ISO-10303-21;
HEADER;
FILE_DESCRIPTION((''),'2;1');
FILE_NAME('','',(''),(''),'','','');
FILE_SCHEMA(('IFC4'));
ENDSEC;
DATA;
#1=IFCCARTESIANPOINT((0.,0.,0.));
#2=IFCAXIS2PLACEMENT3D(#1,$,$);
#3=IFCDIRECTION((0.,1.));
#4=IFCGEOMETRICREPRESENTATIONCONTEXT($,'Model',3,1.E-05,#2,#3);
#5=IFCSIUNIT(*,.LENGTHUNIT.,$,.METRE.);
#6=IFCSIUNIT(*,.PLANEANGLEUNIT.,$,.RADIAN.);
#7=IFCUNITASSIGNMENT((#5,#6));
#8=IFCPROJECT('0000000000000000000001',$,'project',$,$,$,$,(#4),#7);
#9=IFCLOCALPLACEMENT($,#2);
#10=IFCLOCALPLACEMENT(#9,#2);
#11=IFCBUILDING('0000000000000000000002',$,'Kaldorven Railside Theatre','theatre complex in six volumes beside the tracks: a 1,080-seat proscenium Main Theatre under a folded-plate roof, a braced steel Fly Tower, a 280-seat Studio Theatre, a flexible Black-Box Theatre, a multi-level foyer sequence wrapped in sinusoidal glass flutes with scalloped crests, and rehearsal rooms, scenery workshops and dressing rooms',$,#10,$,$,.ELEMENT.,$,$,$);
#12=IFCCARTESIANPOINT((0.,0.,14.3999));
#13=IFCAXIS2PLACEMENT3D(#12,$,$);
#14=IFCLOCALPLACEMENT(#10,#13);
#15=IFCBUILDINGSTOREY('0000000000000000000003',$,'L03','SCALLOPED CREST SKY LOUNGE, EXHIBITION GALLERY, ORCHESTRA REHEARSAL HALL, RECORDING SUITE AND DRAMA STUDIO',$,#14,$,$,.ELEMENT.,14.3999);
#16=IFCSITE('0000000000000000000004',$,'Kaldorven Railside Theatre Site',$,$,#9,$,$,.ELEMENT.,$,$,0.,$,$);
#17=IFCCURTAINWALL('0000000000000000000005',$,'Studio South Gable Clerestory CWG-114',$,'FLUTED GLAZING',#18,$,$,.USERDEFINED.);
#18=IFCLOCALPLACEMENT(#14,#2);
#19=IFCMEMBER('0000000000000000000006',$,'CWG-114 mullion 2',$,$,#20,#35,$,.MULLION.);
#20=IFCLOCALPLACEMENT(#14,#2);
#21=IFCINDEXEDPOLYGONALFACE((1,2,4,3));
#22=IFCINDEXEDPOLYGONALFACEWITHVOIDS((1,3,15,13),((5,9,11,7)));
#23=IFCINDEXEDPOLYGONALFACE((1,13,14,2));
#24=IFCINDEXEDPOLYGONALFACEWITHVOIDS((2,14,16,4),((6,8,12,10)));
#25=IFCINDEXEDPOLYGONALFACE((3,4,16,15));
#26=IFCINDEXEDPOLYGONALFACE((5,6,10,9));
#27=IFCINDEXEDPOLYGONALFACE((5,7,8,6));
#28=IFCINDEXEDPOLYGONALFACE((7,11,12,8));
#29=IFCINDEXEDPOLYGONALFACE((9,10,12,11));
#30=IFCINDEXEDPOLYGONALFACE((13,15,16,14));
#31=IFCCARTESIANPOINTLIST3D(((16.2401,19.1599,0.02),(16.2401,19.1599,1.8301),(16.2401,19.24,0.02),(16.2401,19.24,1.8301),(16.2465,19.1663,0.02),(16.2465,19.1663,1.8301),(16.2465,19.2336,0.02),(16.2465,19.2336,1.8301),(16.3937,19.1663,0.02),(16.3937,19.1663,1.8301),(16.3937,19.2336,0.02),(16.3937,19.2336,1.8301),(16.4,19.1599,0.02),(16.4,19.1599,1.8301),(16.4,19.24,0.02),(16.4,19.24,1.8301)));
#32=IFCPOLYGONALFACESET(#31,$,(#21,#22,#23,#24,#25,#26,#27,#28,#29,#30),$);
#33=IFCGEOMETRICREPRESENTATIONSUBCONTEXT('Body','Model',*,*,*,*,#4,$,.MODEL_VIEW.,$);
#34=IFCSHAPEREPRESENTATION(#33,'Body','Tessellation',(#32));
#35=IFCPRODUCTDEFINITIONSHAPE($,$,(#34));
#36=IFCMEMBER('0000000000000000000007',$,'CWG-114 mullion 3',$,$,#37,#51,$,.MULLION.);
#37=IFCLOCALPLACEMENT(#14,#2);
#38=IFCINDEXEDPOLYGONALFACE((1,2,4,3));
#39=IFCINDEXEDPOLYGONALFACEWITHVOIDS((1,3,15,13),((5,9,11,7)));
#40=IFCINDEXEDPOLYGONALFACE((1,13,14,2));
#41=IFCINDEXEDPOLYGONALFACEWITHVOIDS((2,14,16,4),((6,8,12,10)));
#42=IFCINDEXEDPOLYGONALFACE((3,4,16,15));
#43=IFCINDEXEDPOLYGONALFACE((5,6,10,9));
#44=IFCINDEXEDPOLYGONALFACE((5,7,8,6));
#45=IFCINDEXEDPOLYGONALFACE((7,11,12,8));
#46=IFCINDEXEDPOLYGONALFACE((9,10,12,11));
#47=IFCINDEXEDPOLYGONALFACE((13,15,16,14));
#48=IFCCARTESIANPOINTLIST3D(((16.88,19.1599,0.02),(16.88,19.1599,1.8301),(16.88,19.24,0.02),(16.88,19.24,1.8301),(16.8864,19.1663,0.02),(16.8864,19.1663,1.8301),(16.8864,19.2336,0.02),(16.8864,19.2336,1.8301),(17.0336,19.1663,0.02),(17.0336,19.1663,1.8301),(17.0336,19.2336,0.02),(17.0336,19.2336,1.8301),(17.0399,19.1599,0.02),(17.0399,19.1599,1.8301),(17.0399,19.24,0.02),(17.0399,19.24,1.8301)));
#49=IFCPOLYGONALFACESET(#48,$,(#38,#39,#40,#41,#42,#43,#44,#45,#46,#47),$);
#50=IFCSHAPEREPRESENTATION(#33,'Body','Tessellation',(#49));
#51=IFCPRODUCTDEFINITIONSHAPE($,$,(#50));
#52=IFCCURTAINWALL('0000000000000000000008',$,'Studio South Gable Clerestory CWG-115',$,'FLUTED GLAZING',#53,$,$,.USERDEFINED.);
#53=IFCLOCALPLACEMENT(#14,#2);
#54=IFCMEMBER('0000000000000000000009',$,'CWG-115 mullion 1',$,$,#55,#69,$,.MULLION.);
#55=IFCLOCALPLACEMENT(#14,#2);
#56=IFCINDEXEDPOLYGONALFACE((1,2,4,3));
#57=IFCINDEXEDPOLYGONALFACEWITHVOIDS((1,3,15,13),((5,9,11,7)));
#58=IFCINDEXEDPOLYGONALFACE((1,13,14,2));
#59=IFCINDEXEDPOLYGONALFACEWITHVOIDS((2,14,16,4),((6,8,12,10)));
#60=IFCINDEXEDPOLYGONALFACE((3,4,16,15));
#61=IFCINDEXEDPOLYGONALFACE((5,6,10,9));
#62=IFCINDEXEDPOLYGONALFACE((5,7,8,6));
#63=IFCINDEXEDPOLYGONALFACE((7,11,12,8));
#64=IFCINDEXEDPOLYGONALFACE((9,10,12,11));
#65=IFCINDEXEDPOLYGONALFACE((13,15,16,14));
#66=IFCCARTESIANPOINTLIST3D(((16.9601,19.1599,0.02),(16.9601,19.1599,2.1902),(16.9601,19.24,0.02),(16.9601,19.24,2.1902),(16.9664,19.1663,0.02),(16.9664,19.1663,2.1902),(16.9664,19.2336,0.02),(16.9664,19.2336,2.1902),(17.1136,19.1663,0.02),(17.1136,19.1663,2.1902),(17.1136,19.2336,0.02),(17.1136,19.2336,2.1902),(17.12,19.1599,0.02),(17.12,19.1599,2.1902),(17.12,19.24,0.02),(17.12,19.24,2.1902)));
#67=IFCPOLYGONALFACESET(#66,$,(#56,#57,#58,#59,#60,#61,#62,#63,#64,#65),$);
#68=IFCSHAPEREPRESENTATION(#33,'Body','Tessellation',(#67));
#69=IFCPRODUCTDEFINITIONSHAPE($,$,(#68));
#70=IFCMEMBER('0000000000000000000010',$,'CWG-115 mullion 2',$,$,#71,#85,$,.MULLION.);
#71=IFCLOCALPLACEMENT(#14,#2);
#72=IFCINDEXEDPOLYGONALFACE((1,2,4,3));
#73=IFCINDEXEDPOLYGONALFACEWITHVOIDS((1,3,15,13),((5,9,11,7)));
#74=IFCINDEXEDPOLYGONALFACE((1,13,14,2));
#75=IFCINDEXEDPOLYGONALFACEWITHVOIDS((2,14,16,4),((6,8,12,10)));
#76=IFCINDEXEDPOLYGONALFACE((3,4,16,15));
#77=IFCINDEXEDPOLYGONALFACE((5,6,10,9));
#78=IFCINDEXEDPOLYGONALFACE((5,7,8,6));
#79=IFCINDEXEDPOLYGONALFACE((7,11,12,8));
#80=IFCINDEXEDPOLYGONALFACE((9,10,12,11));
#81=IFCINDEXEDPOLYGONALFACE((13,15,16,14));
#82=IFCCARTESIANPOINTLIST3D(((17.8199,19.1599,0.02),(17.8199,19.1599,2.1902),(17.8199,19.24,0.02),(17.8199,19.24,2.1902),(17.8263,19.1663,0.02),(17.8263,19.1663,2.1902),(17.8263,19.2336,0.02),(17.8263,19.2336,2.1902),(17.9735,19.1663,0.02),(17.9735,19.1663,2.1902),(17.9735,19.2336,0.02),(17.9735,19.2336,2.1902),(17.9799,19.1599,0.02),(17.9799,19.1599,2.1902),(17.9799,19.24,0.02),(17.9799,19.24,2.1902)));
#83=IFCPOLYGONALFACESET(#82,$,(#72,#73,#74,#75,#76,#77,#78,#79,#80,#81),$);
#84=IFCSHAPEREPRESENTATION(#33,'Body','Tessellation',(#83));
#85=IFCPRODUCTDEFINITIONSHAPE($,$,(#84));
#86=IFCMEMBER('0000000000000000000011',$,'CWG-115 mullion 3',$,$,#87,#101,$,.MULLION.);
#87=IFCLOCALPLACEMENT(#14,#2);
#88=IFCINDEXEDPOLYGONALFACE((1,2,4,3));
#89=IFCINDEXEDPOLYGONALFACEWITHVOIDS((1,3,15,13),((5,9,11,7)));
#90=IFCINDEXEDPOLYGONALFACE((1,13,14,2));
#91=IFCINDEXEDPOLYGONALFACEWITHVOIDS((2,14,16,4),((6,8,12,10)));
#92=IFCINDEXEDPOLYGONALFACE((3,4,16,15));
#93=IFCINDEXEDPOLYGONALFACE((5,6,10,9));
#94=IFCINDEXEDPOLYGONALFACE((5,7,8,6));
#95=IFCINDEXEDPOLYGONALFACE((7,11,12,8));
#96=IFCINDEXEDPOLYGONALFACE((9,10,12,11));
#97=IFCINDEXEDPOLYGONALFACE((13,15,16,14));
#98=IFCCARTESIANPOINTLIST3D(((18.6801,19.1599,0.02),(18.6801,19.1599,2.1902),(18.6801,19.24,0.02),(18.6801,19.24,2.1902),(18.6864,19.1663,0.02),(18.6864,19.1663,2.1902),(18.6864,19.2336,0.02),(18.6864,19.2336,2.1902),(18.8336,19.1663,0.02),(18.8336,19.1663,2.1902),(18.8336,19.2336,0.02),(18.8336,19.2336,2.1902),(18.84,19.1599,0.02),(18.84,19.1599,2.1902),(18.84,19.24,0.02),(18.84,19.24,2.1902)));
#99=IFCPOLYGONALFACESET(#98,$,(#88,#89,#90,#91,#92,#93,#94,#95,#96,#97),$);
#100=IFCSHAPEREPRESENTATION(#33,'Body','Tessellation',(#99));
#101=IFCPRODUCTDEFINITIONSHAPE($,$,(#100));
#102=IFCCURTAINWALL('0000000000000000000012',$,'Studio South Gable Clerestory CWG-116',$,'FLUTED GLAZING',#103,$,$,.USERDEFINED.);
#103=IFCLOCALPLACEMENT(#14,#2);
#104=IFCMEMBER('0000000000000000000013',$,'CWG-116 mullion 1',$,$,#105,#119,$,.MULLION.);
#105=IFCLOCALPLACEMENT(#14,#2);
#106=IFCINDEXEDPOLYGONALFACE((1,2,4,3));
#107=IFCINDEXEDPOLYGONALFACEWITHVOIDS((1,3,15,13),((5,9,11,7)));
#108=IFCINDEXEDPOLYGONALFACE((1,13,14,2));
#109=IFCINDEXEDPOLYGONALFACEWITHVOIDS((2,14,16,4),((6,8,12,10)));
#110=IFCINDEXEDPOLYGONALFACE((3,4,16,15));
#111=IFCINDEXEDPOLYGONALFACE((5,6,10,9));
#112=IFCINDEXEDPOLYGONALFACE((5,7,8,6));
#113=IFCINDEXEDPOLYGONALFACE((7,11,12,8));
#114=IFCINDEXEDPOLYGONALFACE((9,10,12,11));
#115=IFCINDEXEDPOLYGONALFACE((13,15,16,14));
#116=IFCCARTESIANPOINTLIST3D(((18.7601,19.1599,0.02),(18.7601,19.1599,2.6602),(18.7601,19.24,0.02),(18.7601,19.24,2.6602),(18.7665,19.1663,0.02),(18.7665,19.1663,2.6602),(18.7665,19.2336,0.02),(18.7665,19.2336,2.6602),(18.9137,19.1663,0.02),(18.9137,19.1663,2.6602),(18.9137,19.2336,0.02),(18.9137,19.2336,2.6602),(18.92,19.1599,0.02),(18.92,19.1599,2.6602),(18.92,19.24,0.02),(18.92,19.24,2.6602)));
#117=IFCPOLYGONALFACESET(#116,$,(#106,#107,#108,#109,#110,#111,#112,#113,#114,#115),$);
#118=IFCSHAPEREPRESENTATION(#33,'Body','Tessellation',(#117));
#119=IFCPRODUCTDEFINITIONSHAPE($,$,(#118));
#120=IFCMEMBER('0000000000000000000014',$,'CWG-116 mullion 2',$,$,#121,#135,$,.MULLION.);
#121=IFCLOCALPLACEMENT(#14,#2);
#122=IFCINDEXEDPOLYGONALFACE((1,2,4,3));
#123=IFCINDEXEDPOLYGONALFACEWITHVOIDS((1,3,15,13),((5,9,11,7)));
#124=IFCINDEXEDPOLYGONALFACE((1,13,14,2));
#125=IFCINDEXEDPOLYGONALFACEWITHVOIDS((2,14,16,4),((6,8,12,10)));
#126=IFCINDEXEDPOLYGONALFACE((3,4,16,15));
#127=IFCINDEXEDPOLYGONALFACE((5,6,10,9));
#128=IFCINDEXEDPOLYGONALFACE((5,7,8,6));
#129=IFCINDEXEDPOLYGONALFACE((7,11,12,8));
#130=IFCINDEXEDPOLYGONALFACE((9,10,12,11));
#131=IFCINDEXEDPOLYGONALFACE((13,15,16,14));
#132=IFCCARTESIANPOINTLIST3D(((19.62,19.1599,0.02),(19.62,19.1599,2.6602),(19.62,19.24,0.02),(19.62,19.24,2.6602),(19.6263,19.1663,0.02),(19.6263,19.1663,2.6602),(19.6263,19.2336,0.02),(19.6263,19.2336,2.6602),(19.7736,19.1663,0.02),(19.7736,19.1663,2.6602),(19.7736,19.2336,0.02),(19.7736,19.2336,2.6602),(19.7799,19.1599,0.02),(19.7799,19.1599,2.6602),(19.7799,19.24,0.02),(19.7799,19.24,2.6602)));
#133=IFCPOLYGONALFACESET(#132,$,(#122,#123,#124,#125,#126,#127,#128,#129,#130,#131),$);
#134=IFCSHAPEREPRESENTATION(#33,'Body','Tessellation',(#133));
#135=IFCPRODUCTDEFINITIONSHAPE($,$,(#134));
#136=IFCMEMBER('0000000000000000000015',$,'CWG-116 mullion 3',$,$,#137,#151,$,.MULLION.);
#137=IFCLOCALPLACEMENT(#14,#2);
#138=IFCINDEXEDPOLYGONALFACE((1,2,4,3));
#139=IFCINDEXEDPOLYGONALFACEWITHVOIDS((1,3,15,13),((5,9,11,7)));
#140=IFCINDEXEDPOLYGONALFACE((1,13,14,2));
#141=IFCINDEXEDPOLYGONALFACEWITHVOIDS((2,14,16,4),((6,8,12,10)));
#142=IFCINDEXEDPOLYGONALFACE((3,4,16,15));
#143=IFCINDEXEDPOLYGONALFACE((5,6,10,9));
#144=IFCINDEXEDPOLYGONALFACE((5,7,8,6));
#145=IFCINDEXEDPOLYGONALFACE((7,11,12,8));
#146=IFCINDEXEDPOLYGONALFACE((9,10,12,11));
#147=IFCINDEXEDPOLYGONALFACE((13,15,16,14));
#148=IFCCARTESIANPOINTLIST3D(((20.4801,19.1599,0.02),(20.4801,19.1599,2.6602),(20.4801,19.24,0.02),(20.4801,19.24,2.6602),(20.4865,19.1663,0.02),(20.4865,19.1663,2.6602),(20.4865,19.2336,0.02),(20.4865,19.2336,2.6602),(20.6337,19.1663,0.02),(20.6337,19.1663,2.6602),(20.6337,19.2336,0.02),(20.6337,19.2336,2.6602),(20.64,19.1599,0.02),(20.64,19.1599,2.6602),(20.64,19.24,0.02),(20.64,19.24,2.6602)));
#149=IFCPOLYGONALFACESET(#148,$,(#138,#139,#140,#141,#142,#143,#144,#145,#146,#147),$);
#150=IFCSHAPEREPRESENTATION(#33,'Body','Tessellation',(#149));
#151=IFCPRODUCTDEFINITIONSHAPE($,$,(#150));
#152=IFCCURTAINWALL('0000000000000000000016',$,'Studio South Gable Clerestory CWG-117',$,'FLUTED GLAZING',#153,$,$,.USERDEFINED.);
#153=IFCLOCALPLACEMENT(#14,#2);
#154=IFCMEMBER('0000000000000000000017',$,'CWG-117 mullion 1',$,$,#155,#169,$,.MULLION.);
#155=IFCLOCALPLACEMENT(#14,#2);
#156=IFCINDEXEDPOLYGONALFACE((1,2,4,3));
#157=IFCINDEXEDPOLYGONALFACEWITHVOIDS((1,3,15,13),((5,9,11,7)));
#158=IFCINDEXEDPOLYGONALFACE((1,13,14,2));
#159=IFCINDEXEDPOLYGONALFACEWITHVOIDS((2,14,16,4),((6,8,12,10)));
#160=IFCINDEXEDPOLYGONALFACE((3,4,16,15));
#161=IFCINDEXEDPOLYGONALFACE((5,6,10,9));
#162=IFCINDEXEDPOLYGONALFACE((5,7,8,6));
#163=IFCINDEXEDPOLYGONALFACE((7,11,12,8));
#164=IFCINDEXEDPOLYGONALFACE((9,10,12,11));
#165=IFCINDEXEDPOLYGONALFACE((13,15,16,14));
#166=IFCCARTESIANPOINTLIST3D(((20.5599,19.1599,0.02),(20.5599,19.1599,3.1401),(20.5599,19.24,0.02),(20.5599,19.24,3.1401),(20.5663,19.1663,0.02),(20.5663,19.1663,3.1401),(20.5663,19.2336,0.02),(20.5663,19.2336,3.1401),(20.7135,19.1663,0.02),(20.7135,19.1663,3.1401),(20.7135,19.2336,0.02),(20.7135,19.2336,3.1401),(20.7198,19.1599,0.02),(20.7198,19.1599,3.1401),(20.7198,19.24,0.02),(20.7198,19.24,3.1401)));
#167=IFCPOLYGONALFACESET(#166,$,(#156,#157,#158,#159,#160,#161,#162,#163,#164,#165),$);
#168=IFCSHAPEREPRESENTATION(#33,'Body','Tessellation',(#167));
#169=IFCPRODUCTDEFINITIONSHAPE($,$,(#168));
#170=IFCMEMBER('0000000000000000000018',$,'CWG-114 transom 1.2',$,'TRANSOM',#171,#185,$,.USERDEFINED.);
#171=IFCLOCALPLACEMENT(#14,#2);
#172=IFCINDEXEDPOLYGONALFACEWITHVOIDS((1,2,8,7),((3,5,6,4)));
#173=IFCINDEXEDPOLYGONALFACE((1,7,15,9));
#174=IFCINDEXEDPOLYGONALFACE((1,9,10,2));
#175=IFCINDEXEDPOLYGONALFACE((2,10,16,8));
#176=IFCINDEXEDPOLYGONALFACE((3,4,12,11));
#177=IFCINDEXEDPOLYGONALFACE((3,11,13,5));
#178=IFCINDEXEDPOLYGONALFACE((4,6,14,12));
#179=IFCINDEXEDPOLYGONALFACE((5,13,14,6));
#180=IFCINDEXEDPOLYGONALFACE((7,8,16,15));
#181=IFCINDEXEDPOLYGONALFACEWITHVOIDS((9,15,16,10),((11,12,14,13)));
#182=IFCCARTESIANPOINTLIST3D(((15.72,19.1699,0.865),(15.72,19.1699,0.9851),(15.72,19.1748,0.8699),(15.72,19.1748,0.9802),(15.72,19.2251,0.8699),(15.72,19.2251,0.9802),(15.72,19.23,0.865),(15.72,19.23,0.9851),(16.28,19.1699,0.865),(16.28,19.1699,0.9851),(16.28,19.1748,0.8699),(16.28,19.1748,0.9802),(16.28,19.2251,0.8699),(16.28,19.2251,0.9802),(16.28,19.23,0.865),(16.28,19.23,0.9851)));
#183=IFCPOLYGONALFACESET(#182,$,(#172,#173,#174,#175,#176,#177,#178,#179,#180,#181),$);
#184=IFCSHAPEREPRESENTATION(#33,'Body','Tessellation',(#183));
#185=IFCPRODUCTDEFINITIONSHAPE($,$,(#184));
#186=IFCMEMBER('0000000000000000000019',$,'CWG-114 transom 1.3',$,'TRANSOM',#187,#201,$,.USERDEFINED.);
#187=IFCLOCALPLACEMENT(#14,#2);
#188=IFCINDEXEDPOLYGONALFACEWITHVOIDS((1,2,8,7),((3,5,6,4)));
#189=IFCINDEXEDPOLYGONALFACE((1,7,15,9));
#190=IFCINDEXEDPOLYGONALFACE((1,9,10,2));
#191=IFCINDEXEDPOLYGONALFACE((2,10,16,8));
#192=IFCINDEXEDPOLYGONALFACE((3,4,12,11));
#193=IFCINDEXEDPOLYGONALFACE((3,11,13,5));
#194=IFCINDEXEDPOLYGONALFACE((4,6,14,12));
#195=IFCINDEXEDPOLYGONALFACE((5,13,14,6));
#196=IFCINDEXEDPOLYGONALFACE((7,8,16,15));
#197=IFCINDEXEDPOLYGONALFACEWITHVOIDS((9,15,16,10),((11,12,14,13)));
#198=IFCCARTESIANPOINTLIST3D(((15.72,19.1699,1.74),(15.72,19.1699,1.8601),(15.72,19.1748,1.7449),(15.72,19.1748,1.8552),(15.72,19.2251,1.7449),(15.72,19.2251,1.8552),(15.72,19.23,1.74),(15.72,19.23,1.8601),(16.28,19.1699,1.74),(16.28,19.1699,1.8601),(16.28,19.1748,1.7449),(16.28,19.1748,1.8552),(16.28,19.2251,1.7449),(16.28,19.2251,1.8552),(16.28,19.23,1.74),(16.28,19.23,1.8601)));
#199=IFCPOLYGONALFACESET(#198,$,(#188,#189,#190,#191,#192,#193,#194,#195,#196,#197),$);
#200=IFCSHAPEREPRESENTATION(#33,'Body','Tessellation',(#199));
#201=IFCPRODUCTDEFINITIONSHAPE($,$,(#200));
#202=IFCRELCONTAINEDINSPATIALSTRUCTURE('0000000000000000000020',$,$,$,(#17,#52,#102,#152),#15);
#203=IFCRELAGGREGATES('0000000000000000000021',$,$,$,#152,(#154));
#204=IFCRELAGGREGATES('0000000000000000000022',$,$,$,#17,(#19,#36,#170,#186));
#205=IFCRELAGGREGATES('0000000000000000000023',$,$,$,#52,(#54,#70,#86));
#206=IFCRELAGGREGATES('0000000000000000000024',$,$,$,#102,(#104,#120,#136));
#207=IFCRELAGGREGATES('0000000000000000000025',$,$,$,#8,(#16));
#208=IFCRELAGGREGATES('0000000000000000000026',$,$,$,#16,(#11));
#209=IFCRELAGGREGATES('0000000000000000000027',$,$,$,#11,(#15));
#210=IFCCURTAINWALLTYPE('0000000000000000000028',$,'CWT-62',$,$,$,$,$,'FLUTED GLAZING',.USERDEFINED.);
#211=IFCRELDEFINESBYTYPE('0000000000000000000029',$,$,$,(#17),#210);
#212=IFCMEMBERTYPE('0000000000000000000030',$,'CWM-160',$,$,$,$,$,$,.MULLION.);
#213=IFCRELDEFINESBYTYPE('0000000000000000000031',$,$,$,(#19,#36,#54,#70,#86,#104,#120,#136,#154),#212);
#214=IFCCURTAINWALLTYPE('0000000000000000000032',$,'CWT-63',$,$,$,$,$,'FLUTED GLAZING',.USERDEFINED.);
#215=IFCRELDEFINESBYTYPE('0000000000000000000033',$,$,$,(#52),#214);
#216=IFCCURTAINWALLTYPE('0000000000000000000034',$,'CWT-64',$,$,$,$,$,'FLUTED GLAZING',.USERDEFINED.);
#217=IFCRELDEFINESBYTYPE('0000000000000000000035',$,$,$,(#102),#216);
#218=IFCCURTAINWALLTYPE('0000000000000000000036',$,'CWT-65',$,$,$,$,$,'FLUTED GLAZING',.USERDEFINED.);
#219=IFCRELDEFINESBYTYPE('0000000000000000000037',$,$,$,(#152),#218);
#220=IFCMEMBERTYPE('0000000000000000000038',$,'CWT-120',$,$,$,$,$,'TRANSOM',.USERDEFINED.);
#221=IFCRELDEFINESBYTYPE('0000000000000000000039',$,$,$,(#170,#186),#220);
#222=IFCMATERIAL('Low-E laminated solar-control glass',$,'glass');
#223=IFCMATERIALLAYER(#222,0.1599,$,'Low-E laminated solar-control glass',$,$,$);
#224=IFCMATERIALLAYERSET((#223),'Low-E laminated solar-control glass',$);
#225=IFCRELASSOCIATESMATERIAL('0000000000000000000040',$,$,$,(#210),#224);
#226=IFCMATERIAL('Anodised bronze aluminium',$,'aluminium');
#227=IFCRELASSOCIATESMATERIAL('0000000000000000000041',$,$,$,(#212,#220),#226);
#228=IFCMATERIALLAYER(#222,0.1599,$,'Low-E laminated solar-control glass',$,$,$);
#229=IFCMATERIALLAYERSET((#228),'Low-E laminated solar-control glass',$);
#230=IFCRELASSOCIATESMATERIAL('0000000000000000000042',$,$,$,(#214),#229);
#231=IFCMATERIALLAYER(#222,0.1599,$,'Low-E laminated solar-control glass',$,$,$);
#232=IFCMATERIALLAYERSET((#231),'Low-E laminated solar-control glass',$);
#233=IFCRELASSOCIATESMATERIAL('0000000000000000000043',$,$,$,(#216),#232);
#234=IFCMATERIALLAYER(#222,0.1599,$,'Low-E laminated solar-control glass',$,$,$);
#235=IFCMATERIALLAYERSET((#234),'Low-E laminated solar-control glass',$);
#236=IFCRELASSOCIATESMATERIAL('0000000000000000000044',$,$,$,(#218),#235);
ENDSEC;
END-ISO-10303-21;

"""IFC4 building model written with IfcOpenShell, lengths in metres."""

from ifc_helpers import new_model, si_unit, direction, frame, origin, origin_2d, place, context, subcontext, project, spatial, hollow_rectangle, extrude, material, layer, layer_set, material_profile, profile_set, type_object, element, aggregate, save


model = new_model("IFC4")

# Units and contexts
model_context = context("Model", 3, precision=1e-05, world=origin(), true_north=direction((0.0, 1.0)))
body_context = subcontext(model_context, "Body", "Model", "MODEL_VIEW")
ifc_project = project(units=[si_unit("LENGTHUNIT", "METRE"), si_unit("PLANEANGLEUNIT", "RADIAN")], contexts=[model_context])

# Site, building, storey
site_placement = place(None, origin())
site = spatial("IfcSite", under=ifc_project, at=site_placement, Name="Kaldorven Railside Theatre Site", CompositionType="ELEMENT", RefElevation=0.0)
building_placement = place(site_placement, origin())
building = spatial("IfcBuilding", under=site, at=building_placement, Name="Kaldorven Railside Theatre", Description="theatre complex in six volumes beside the tracks: a 1,080-seat proscenium Main Theatre under a folded-plate roof, a braced steel Fly Tower, a 280-seat Studio Theatre, a flexible Black-Box Theatre, a multi-level foyer sequence wrapped in sinusoidal glass flutes with scalloped crests, and rehearsal rooms, scenery workshops and dressing rooms", CompositionType="ELEMENT")
storey_placement = place(building_placement, frame((0.0, 0.0, 14.3999)))
storey = spatial("IfcBuildingStorey", under=building, at=storey_placement, Name="L03", Description="SCALLOPED CREST SKY LOUNGE, EXHIBITION GALLERY, ORCHESTRA REHEARSAL HALL, RECORDING SUITE AND DRAMA STUDIO", CompositionType="ELEMENT", Elevation=14.3999)

# Curtain walls, members
ifc_material_1 = material(Name="Low-E laminated solar-control glass", Category="glass")
ifc_layer_1 = layer(ifc_material_1, 0.1599, Name="Low-E laminated solar-control glass")
ifc_layer_set_1 = layer_set([ifc_layer_1], Name="Low-E laminated solar-control glass")
curtain_wall_type_1 = type_object("IfcCurtainWallType", Name="CWT-62", ElementType="FLUTED GLAZING", PredefinedType="USERDEFINED", material=ifc_layer_set_1)
curtain_wall_1_placement = place(storey_placement, origin())
curtain_wall_1 = element("IfcCurtainWall", 1, at=curtain_wall_1_placement, inside=storey, type_object=curtain_wall_type_1, Name="Studio South Gable Clerestory CWG-114", ObjectType="FLUTED GLAZING", PredefinedType="USERDEFINED")
ifc_material_2 = material(Name="Anodised bronze aluminium", Category="aluminium")
ifc_material_profile_1 = material_profile(ifc_material_2, hollow_rectangle(XDim=0.0801, YDim=0.1599, WallThickness=0.0063, at=origin_2d()), Name="RHS 160x80x6.3")
ifc_profile_set_1 = profile_set([ifc_material_profile_1], Name="Anodised bronze aluminium")
member_type_1 = type_object("IfcMemberType", Name="CWM-160", PredefinedType="MULLION", material=ifc_profile_set_1)
member_1_placement = place(storey_placement, frame((16.3201, 19.2, 0.02), z_axis=(0.0, 0.0, 1.0), x_axis=(0.0, 1.0, 0.0)))
member_1 = element("IfcMember", 2, at=member_1_placement, type_object=member_type_1, Name="CWG-114 mullion 2", PredefinedType="MULLION", context=body_context, shape_type="SweptSolid", body=[
    extrude(hollow_rectangle(XDim=0.0801, YDim=0.1599, WallThickness=0.0063, at=origin_2d()), origin(), (0.0, 0.0, 1.0), 1.8101),
])
member_2_placement = place(storey_placement, frame((16.96, 19.2, 0.02), z_axis=(0.0, 0.0, 1.0), x_axis=(0.0, 1.0, 0.0)))
member_2 = element("IfcMember", 3, at=member_2_placement, type_object=member_type_1, Name="CWG-114 mullion 3", PredefinedType="MULLION", context=body_context, shape_type="SweptSolid", body=[
    extrude(hollow_rectangle(XDim=0.0801, YDim=0.1599, WallThickness=0.0063, at=origin_2d()), origin(), (0.0, 0.0, 1.0), 1.8101),
])
ifc_layer_2 = layer(ifc_material_1, 0.1599, Name="Low-E laminated solar-control glass")
ifc_layer_set_2 = layer_set([ifc_layer_2], Name="Low-E laminated solar-control glass")
curtain_wall_type_2 = type_object("IfcCurtainWallType", Name="CWT-63", ElementType="FLUTED GLAZING", PredefinedType="USERDEFINED", material=ifc_layer_set_2)
curtain_wall_2_placement = place(storey_placement, origin())
curtain_wall_2 = element("IfcCurtainWall", 4, at=curtain_wall_2_placement, inside=storey, type_object=curtain_wall_type_2, Name="Studio South Gable Clerestory CWG-115", ObjectType="FLUTED GLAZING", PredefinedType="USERDEFINED")
member_3_placement = place(storey_placement, frame((17.04, 19.2, 0.02), z_axis=(0.0, 0.0, 1.0), x_axis=(0.0, 1.0, 0.0)))
member_3 = element("IfcMember", 5, at=member_3_placement, type_object=member_type_1, Name="CWG-115 mullion 1", PredefinedType="MULLION", context=body_context, shape_type="SweptSolid", body=[
    extrude(hollow_rectangle(XDim=0.0801, YDim=0.1599, WallThickness=0.0063, at=origin_2d()), origin(), (0.0, 0.0, 1.0), 2.1702),
])
member_4_placement = place(storey_placement, frame((17.8999, 19.2, 0.02), z_axis=(0.0, 0.0, 1.0), x_axis=(0.0, 1.0, 0.0)))
member_4 = element("IfcMember", 6, at=member_4_placement, type_object=member_type_1, Name="CWG-115 mullion 2", PredefinedType="MULLION", context=body_context, shape_type="SweptSolid", body=[
    extrude(hollow_rectangle(XDim=0.0801, YDim=0.1599, WallThickness=0.0063, at=origin_2d()), origin(), (0.0, 0.0, 1.0), 2.1702),
])
member_5_placement = place(storey_placement, frame((18.76, 19.2, 0.02), z_axis=(0.0, 0.0, 1.0), x_axis=(0.0, 1.0, 0.0)))
member_5 = element("IfcMember", 7, at=member_5_placement, type_object=member_type_1, Name="CWG-115 mullion 3", PredefinedType="MULLION", context=body_context, shape_type="SweptSolid", body=[
    extrude(hollow_rectangle(XDim=0.0801, YDim=0.1599, WallThickness=0.0063, at=origin_2d()), origin(), (0.0, 0.0, 1.0), 2.1702),
])
ifc_layer_3 = layer(ifc_material_1, 0.1599, Name="Low-E laminated solar-control glass")
ifc_layer_set_3 = layer_set([ifc_layer_3], Name="Low-E laminated solar-control glass")
curtain_wall_type_3 = type_object("IfcCurtainWallType", Name="CWT-64", ElementType="FLUTED GLAZING", PredefinedType="USERDEFINED", material=ifc_layer_set_3)
curtain_wall_3_placement = place(storey_placement, origin())
curtain_wall_3 = element("IfcCurtainWall", 8, at=curtain_wall_3_placement, inside=storey, type_object=curtain_wall_type_3, Name="Studio South Gable Clerestory CWG-116", ObjectType="FLUTED GLAZING", PredefinedType="USERDEFINED")
member_6_placement = place(storey_placement, frame((18.8401, 19.2, 0.02), z_axis=(0.0, 0.0, 1.0), x_axis=(0.0, 1.0, 0.0)))
member_6 = element("IfcMember", 9, at=member_6_placement, type_object=member_type_1, Name="CWG-116 mullion 1", PredefinedType="MULLION", context=body_context, shape_type="SweptSolid", body=[
    extrude(hollow_rectangle(XDim=0.0801, YDim=0.1599, WallThickness=0.0063, at=origin_2d()), origin(), (0.0, 0.0, 1.0), 2.6401),
])
member_7_placement = place(storey_placement, frame((19.7, 19.2, 0.02), z_axis=(0.0, 0.0, 1.0), x_axis=(0.0, 1.0, 0.0)))
member_7 = element("IfcMember", 10, at=member_7_placement, type_object=member_type_1, Name="CWG-116 mullion 2", PredefinedType="MULLION", context=body_context, shape_type="SweptSolid", body=[
    extrude(hollow_rectangle(XDim=0.0801, YDim=0.1599, WallThickness=0.0063, at=origin_2d()), origin(), (0.0, 0.0, 1.0), 2.6401),
])
member_8_placement = place(storey_placement, frame((20.5601, 19.2, 0.02), z_axis=(0.0, 0.0, 1.0), x_axis=(0.0, 1.0, 0.0)))
member_8 = element("IfcMember", 11, at=member_8_placement, type_object=member_type_1, Name="CWG-116 mullion 3", PredefinedType="MULLION", context=body_context, shape_type="SweptSolid", body=[
    extrude(hollow_rectangle(XDim=0.0801, YDim=0.1599, WallThickness=0.0063, at=origin_2d()), origin(), (0.0, 0.0, 1.0), 2.6401),
])

# Curtain wall, member
ifc_layer_4 = layer(ifc_material_1, 0.1599, Name="Low-E laminated solar-control glass")
ifc_layer_set_4 = layer_set([ifc_layer_4], Name="Low-E laminated solar-control glass")
curtain_wall_type_4 = type_object("IfcCurtainWallType", Name="CWT-65", ElementType="FLUTED GLAZING", PredefinedType="USERDEFINED", material=ifc_layer_set_4)
curtain_wall_4_placement = place(storey_placement, origin())
curtain_wall_4 = element("IfcCurtainWall", 12, at=curtain_wall_4_placement, inside=storey, type_object=curtain_wall_type_4, Name="Studio South Gable Clerestory CWG-117", ObjectType="FLUTED GLAZING", PredefinedType="USERDEFINED")
member_9_placement = place(storey_placement, frame((20.6399, 19.2, 0.02), z_axis=(0.0, 0.0, 1.0), x_axis=(0.0, 1.0, 0.0)))
member_9 = element("IfcMember", 13, at=member_9_placement, type_object=member_type_1, Name="CWG-117 mullion 1", PredefinedType="MULLION", context=body_context, shape_type="SweptSolid", body=[
    extrude(hollow_rectangle(XDim=0.0801, YDim=0.1599, WallThickness=0.0063, at=origin_2d()), origin(), (0.0, 0.0, 1.0), 3.1201),
])

# Members
ifc_material_profile_2 = material_profile(ifc_material_2, hollow_rectangle(XDim=0.0601, YDim=0.1201, WallThickness=0.0049, at=origin_2d()), Name="RHS 120x60x5")
ifc_profile_set_2 = profile_set([ifc_material_profile_2], Name="Anodised bronze aluminium")
member_type_2 = type_object("IfcMemberType", Name="CWT-120", ElementType="TRANSOM", PredefinedType="USERDEFINED", material=ifc_profile_set_2)
member_10_placement = place(storey_placement, frame((15.72, 19.2, 0.925), z_axis=(1.0, 0.0, 0.0), x_axis=(0.0, 1.0, 0.0)))
member_10 = element("IfcMember", 14, at=member_10_placement, type_object=member_type_2, Name="CWG-114 transom 1.2", ObjectType="TRANSOM", PredefinedType="USERDEFINED", context=body_context, shape_type="SweptSolid", body=[
    extrude(hollow_rectangle(XDim=0.0601, YDim=0.1201, WallThickness=0.0049, at=origin_2d()), origin(), (0.0, 0.0, 1.0), 0.5601),
])
member_11_placement = place(storey_placement, frame((15.72, 19.2, 1.8), z_axis=(1.0, 0.0, 0.0), x_axis=(0.0, 1.0, 0.0)))
member_11 = element("IfcMember", 15, at=member_11_placement, type_object=member_type_2, Name="CWG-114 transom 1.3", ObjectType="TRANSOM", PredefinedType="USERDEFINED", context=body_context, shape_type="SweptSolid", body=[
    extrude(hollow_rectangle(XDim=0.0601, YDim=0.1201, WallThickness=0.0049, at=origin_2d()), origin(), (0.0, 0.0, 1.0), 0.5601),
])
aggregate(curtain_wall_4, [member_9])

aggregate(curtain_wall_1, [member_1, member_2, member_10, member_11])
aggregate(curtain_wall_2, [member_3, member_4, member_5])
aggregate(curtain_wall_3, [member_6, member_7, member_8])

save(model, "model.ifc")
